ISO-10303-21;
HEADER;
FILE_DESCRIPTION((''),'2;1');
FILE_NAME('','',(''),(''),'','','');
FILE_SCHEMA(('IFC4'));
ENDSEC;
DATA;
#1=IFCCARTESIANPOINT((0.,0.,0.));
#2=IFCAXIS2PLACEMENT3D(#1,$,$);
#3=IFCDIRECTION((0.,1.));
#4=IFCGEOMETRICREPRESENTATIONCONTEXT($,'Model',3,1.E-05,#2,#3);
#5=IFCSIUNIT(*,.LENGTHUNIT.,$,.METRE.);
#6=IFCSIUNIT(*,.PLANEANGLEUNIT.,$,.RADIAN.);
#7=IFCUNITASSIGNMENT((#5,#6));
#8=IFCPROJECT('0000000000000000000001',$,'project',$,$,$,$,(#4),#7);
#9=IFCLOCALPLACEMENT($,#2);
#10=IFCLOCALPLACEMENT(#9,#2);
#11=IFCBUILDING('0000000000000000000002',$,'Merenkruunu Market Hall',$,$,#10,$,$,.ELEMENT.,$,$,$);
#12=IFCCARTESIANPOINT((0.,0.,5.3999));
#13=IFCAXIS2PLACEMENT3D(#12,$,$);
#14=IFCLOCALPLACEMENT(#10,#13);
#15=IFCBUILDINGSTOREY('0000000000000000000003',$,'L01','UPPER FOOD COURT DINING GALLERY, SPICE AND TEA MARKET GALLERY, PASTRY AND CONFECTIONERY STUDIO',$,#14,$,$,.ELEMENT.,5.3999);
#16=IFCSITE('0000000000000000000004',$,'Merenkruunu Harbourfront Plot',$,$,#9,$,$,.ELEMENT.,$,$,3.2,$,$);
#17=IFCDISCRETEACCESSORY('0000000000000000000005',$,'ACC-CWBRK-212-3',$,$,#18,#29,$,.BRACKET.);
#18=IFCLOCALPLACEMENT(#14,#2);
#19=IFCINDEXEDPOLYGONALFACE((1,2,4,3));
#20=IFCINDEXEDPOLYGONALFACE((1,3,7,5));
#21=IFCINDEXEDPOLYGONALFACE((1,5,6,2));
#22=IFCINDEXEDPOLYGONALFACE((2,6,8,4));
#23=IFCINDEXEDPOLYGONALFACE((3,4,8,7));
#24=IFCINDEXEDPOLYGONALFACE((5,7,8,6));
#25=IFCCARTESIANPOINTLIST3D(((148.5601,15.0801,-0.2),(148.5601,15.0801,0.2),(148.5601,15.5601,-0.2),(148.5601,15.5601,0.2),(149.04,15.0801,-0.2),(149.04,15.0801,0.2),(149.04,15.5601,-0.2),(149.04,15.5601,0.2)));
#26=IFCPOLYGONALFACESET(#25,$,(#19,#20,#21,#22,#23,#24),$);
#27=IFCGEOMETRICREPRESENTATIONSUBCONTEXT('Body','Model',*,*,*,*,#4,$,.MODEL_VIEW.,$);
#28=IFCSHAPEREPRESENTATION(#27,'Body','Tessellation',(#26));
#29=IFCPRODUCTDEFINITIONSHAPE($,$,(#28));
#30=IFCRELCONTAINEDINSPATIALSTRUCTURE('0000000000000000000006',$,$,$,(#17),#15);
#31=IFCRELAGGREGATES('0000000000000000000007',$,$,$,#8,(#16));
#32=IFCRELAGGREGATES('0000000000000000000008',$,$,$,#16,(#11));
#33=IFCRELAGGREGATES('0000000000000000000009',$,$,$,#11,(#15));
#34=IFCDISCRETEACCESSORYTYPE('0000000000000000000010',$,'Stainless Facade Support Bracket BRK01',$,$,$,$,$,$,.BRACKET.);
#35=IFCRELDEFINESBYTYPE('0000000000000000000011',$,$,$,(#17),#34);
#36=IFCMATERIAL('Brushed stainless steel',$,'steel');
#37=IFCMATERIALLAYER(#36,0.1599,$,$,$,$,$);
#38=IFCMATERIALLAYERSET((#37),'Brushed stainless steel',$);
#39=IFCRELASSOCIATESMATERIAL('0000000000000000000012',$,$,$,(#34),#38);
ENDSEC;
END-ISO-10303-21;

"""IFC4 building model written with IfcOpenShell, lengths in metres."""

from ifc_helpers import new_model, si_unit, direction, frame, origin, origin_2d, place, context, subcontext, project, spatial, rectangle, extrude, material, layer, layer_set, type_object, element, save


model = new_model("IFC4")

# Units and contexts
model_context = context("Model", 3, precision=1e-05, world=origin(), true_north=direction((0.0, 1.0)))
body_context = subcontext(model_context, "Body", "Model", "MODEL_VIEW")
ifc_project = project(units=[si_unit("LENGTHUNIT", "METRE"), si_unit("PLANEANGLEUNIT", "RADIAN")], contexts=[model_context])

# Site, building, storey
site_placement = place(None, origin())
site = spatial("IfcSite", under=ifc_project, at=site_placement, Name="Merenkruunu Harbourfront Plot", CompositionType="ELEMENT", RefElevation=3.2)
building_placement = place(site_placement, origin())
building = spatial("IfcBuilding", under=site, at=building_placement, Name="Merenkruunu Market Hall", CompositionType="ELEMENT")
storey_placement = place(building_placement, frame((0.0, 0.0, 5.3999)))
storey = spatial("IfcBuildingStorey", under=building, at=storey_placement, Name="L01", Description="UPPER FOOD COURT DINING GALLERY, SPICE AND TEA MARKET GALLERY, PASTRY AND CONFECTIONERY STUDIO", CompositionType="ELEMENT", Elevation=5.3999)

# Shared definitions
ifc_material_1 = material(Name="Brushed stainless steel", Category="steel")

# Discrete accessory
ifc_layer_1 = layer(ifc_material_1, 0.1599)
ifc_layer_set_1 = layer_set([ifc_layer_1], Name="Brushed stainless steel")
discrete_accessory_type = type_object("IfcDiscreteAccessoryType", Name="Stainless Facade Support Bracket BRK01", PredefinedType="BRACKET", material=ifc_layer_set_1)
for number, where, z_axis, x_axis, name in (
    (1, (148.8, 15.3201, -0.2), (0.0, 0.0, 1.0), (1.0, 0.0, 0.0), "ACC-CWBRK-212-3"),
):
    element("IfcDiscreteAccessory", number, at=place(storey_placement, frame(where, z_axis=z_axis, x_axis=x_axis)), inside=storey, type_object=discrete_accessory_type, Name=name, PredefinedType="BRACKET", context=body_context, shape_type="SweptSolid", body=[
        extrude(rectangle(XDim=0.48, YDim=0.48, at=origin_2d()), origin(), (0.0, 0.0, 1.0), 0.3999),
    ])

save(model, "model.ifc")
